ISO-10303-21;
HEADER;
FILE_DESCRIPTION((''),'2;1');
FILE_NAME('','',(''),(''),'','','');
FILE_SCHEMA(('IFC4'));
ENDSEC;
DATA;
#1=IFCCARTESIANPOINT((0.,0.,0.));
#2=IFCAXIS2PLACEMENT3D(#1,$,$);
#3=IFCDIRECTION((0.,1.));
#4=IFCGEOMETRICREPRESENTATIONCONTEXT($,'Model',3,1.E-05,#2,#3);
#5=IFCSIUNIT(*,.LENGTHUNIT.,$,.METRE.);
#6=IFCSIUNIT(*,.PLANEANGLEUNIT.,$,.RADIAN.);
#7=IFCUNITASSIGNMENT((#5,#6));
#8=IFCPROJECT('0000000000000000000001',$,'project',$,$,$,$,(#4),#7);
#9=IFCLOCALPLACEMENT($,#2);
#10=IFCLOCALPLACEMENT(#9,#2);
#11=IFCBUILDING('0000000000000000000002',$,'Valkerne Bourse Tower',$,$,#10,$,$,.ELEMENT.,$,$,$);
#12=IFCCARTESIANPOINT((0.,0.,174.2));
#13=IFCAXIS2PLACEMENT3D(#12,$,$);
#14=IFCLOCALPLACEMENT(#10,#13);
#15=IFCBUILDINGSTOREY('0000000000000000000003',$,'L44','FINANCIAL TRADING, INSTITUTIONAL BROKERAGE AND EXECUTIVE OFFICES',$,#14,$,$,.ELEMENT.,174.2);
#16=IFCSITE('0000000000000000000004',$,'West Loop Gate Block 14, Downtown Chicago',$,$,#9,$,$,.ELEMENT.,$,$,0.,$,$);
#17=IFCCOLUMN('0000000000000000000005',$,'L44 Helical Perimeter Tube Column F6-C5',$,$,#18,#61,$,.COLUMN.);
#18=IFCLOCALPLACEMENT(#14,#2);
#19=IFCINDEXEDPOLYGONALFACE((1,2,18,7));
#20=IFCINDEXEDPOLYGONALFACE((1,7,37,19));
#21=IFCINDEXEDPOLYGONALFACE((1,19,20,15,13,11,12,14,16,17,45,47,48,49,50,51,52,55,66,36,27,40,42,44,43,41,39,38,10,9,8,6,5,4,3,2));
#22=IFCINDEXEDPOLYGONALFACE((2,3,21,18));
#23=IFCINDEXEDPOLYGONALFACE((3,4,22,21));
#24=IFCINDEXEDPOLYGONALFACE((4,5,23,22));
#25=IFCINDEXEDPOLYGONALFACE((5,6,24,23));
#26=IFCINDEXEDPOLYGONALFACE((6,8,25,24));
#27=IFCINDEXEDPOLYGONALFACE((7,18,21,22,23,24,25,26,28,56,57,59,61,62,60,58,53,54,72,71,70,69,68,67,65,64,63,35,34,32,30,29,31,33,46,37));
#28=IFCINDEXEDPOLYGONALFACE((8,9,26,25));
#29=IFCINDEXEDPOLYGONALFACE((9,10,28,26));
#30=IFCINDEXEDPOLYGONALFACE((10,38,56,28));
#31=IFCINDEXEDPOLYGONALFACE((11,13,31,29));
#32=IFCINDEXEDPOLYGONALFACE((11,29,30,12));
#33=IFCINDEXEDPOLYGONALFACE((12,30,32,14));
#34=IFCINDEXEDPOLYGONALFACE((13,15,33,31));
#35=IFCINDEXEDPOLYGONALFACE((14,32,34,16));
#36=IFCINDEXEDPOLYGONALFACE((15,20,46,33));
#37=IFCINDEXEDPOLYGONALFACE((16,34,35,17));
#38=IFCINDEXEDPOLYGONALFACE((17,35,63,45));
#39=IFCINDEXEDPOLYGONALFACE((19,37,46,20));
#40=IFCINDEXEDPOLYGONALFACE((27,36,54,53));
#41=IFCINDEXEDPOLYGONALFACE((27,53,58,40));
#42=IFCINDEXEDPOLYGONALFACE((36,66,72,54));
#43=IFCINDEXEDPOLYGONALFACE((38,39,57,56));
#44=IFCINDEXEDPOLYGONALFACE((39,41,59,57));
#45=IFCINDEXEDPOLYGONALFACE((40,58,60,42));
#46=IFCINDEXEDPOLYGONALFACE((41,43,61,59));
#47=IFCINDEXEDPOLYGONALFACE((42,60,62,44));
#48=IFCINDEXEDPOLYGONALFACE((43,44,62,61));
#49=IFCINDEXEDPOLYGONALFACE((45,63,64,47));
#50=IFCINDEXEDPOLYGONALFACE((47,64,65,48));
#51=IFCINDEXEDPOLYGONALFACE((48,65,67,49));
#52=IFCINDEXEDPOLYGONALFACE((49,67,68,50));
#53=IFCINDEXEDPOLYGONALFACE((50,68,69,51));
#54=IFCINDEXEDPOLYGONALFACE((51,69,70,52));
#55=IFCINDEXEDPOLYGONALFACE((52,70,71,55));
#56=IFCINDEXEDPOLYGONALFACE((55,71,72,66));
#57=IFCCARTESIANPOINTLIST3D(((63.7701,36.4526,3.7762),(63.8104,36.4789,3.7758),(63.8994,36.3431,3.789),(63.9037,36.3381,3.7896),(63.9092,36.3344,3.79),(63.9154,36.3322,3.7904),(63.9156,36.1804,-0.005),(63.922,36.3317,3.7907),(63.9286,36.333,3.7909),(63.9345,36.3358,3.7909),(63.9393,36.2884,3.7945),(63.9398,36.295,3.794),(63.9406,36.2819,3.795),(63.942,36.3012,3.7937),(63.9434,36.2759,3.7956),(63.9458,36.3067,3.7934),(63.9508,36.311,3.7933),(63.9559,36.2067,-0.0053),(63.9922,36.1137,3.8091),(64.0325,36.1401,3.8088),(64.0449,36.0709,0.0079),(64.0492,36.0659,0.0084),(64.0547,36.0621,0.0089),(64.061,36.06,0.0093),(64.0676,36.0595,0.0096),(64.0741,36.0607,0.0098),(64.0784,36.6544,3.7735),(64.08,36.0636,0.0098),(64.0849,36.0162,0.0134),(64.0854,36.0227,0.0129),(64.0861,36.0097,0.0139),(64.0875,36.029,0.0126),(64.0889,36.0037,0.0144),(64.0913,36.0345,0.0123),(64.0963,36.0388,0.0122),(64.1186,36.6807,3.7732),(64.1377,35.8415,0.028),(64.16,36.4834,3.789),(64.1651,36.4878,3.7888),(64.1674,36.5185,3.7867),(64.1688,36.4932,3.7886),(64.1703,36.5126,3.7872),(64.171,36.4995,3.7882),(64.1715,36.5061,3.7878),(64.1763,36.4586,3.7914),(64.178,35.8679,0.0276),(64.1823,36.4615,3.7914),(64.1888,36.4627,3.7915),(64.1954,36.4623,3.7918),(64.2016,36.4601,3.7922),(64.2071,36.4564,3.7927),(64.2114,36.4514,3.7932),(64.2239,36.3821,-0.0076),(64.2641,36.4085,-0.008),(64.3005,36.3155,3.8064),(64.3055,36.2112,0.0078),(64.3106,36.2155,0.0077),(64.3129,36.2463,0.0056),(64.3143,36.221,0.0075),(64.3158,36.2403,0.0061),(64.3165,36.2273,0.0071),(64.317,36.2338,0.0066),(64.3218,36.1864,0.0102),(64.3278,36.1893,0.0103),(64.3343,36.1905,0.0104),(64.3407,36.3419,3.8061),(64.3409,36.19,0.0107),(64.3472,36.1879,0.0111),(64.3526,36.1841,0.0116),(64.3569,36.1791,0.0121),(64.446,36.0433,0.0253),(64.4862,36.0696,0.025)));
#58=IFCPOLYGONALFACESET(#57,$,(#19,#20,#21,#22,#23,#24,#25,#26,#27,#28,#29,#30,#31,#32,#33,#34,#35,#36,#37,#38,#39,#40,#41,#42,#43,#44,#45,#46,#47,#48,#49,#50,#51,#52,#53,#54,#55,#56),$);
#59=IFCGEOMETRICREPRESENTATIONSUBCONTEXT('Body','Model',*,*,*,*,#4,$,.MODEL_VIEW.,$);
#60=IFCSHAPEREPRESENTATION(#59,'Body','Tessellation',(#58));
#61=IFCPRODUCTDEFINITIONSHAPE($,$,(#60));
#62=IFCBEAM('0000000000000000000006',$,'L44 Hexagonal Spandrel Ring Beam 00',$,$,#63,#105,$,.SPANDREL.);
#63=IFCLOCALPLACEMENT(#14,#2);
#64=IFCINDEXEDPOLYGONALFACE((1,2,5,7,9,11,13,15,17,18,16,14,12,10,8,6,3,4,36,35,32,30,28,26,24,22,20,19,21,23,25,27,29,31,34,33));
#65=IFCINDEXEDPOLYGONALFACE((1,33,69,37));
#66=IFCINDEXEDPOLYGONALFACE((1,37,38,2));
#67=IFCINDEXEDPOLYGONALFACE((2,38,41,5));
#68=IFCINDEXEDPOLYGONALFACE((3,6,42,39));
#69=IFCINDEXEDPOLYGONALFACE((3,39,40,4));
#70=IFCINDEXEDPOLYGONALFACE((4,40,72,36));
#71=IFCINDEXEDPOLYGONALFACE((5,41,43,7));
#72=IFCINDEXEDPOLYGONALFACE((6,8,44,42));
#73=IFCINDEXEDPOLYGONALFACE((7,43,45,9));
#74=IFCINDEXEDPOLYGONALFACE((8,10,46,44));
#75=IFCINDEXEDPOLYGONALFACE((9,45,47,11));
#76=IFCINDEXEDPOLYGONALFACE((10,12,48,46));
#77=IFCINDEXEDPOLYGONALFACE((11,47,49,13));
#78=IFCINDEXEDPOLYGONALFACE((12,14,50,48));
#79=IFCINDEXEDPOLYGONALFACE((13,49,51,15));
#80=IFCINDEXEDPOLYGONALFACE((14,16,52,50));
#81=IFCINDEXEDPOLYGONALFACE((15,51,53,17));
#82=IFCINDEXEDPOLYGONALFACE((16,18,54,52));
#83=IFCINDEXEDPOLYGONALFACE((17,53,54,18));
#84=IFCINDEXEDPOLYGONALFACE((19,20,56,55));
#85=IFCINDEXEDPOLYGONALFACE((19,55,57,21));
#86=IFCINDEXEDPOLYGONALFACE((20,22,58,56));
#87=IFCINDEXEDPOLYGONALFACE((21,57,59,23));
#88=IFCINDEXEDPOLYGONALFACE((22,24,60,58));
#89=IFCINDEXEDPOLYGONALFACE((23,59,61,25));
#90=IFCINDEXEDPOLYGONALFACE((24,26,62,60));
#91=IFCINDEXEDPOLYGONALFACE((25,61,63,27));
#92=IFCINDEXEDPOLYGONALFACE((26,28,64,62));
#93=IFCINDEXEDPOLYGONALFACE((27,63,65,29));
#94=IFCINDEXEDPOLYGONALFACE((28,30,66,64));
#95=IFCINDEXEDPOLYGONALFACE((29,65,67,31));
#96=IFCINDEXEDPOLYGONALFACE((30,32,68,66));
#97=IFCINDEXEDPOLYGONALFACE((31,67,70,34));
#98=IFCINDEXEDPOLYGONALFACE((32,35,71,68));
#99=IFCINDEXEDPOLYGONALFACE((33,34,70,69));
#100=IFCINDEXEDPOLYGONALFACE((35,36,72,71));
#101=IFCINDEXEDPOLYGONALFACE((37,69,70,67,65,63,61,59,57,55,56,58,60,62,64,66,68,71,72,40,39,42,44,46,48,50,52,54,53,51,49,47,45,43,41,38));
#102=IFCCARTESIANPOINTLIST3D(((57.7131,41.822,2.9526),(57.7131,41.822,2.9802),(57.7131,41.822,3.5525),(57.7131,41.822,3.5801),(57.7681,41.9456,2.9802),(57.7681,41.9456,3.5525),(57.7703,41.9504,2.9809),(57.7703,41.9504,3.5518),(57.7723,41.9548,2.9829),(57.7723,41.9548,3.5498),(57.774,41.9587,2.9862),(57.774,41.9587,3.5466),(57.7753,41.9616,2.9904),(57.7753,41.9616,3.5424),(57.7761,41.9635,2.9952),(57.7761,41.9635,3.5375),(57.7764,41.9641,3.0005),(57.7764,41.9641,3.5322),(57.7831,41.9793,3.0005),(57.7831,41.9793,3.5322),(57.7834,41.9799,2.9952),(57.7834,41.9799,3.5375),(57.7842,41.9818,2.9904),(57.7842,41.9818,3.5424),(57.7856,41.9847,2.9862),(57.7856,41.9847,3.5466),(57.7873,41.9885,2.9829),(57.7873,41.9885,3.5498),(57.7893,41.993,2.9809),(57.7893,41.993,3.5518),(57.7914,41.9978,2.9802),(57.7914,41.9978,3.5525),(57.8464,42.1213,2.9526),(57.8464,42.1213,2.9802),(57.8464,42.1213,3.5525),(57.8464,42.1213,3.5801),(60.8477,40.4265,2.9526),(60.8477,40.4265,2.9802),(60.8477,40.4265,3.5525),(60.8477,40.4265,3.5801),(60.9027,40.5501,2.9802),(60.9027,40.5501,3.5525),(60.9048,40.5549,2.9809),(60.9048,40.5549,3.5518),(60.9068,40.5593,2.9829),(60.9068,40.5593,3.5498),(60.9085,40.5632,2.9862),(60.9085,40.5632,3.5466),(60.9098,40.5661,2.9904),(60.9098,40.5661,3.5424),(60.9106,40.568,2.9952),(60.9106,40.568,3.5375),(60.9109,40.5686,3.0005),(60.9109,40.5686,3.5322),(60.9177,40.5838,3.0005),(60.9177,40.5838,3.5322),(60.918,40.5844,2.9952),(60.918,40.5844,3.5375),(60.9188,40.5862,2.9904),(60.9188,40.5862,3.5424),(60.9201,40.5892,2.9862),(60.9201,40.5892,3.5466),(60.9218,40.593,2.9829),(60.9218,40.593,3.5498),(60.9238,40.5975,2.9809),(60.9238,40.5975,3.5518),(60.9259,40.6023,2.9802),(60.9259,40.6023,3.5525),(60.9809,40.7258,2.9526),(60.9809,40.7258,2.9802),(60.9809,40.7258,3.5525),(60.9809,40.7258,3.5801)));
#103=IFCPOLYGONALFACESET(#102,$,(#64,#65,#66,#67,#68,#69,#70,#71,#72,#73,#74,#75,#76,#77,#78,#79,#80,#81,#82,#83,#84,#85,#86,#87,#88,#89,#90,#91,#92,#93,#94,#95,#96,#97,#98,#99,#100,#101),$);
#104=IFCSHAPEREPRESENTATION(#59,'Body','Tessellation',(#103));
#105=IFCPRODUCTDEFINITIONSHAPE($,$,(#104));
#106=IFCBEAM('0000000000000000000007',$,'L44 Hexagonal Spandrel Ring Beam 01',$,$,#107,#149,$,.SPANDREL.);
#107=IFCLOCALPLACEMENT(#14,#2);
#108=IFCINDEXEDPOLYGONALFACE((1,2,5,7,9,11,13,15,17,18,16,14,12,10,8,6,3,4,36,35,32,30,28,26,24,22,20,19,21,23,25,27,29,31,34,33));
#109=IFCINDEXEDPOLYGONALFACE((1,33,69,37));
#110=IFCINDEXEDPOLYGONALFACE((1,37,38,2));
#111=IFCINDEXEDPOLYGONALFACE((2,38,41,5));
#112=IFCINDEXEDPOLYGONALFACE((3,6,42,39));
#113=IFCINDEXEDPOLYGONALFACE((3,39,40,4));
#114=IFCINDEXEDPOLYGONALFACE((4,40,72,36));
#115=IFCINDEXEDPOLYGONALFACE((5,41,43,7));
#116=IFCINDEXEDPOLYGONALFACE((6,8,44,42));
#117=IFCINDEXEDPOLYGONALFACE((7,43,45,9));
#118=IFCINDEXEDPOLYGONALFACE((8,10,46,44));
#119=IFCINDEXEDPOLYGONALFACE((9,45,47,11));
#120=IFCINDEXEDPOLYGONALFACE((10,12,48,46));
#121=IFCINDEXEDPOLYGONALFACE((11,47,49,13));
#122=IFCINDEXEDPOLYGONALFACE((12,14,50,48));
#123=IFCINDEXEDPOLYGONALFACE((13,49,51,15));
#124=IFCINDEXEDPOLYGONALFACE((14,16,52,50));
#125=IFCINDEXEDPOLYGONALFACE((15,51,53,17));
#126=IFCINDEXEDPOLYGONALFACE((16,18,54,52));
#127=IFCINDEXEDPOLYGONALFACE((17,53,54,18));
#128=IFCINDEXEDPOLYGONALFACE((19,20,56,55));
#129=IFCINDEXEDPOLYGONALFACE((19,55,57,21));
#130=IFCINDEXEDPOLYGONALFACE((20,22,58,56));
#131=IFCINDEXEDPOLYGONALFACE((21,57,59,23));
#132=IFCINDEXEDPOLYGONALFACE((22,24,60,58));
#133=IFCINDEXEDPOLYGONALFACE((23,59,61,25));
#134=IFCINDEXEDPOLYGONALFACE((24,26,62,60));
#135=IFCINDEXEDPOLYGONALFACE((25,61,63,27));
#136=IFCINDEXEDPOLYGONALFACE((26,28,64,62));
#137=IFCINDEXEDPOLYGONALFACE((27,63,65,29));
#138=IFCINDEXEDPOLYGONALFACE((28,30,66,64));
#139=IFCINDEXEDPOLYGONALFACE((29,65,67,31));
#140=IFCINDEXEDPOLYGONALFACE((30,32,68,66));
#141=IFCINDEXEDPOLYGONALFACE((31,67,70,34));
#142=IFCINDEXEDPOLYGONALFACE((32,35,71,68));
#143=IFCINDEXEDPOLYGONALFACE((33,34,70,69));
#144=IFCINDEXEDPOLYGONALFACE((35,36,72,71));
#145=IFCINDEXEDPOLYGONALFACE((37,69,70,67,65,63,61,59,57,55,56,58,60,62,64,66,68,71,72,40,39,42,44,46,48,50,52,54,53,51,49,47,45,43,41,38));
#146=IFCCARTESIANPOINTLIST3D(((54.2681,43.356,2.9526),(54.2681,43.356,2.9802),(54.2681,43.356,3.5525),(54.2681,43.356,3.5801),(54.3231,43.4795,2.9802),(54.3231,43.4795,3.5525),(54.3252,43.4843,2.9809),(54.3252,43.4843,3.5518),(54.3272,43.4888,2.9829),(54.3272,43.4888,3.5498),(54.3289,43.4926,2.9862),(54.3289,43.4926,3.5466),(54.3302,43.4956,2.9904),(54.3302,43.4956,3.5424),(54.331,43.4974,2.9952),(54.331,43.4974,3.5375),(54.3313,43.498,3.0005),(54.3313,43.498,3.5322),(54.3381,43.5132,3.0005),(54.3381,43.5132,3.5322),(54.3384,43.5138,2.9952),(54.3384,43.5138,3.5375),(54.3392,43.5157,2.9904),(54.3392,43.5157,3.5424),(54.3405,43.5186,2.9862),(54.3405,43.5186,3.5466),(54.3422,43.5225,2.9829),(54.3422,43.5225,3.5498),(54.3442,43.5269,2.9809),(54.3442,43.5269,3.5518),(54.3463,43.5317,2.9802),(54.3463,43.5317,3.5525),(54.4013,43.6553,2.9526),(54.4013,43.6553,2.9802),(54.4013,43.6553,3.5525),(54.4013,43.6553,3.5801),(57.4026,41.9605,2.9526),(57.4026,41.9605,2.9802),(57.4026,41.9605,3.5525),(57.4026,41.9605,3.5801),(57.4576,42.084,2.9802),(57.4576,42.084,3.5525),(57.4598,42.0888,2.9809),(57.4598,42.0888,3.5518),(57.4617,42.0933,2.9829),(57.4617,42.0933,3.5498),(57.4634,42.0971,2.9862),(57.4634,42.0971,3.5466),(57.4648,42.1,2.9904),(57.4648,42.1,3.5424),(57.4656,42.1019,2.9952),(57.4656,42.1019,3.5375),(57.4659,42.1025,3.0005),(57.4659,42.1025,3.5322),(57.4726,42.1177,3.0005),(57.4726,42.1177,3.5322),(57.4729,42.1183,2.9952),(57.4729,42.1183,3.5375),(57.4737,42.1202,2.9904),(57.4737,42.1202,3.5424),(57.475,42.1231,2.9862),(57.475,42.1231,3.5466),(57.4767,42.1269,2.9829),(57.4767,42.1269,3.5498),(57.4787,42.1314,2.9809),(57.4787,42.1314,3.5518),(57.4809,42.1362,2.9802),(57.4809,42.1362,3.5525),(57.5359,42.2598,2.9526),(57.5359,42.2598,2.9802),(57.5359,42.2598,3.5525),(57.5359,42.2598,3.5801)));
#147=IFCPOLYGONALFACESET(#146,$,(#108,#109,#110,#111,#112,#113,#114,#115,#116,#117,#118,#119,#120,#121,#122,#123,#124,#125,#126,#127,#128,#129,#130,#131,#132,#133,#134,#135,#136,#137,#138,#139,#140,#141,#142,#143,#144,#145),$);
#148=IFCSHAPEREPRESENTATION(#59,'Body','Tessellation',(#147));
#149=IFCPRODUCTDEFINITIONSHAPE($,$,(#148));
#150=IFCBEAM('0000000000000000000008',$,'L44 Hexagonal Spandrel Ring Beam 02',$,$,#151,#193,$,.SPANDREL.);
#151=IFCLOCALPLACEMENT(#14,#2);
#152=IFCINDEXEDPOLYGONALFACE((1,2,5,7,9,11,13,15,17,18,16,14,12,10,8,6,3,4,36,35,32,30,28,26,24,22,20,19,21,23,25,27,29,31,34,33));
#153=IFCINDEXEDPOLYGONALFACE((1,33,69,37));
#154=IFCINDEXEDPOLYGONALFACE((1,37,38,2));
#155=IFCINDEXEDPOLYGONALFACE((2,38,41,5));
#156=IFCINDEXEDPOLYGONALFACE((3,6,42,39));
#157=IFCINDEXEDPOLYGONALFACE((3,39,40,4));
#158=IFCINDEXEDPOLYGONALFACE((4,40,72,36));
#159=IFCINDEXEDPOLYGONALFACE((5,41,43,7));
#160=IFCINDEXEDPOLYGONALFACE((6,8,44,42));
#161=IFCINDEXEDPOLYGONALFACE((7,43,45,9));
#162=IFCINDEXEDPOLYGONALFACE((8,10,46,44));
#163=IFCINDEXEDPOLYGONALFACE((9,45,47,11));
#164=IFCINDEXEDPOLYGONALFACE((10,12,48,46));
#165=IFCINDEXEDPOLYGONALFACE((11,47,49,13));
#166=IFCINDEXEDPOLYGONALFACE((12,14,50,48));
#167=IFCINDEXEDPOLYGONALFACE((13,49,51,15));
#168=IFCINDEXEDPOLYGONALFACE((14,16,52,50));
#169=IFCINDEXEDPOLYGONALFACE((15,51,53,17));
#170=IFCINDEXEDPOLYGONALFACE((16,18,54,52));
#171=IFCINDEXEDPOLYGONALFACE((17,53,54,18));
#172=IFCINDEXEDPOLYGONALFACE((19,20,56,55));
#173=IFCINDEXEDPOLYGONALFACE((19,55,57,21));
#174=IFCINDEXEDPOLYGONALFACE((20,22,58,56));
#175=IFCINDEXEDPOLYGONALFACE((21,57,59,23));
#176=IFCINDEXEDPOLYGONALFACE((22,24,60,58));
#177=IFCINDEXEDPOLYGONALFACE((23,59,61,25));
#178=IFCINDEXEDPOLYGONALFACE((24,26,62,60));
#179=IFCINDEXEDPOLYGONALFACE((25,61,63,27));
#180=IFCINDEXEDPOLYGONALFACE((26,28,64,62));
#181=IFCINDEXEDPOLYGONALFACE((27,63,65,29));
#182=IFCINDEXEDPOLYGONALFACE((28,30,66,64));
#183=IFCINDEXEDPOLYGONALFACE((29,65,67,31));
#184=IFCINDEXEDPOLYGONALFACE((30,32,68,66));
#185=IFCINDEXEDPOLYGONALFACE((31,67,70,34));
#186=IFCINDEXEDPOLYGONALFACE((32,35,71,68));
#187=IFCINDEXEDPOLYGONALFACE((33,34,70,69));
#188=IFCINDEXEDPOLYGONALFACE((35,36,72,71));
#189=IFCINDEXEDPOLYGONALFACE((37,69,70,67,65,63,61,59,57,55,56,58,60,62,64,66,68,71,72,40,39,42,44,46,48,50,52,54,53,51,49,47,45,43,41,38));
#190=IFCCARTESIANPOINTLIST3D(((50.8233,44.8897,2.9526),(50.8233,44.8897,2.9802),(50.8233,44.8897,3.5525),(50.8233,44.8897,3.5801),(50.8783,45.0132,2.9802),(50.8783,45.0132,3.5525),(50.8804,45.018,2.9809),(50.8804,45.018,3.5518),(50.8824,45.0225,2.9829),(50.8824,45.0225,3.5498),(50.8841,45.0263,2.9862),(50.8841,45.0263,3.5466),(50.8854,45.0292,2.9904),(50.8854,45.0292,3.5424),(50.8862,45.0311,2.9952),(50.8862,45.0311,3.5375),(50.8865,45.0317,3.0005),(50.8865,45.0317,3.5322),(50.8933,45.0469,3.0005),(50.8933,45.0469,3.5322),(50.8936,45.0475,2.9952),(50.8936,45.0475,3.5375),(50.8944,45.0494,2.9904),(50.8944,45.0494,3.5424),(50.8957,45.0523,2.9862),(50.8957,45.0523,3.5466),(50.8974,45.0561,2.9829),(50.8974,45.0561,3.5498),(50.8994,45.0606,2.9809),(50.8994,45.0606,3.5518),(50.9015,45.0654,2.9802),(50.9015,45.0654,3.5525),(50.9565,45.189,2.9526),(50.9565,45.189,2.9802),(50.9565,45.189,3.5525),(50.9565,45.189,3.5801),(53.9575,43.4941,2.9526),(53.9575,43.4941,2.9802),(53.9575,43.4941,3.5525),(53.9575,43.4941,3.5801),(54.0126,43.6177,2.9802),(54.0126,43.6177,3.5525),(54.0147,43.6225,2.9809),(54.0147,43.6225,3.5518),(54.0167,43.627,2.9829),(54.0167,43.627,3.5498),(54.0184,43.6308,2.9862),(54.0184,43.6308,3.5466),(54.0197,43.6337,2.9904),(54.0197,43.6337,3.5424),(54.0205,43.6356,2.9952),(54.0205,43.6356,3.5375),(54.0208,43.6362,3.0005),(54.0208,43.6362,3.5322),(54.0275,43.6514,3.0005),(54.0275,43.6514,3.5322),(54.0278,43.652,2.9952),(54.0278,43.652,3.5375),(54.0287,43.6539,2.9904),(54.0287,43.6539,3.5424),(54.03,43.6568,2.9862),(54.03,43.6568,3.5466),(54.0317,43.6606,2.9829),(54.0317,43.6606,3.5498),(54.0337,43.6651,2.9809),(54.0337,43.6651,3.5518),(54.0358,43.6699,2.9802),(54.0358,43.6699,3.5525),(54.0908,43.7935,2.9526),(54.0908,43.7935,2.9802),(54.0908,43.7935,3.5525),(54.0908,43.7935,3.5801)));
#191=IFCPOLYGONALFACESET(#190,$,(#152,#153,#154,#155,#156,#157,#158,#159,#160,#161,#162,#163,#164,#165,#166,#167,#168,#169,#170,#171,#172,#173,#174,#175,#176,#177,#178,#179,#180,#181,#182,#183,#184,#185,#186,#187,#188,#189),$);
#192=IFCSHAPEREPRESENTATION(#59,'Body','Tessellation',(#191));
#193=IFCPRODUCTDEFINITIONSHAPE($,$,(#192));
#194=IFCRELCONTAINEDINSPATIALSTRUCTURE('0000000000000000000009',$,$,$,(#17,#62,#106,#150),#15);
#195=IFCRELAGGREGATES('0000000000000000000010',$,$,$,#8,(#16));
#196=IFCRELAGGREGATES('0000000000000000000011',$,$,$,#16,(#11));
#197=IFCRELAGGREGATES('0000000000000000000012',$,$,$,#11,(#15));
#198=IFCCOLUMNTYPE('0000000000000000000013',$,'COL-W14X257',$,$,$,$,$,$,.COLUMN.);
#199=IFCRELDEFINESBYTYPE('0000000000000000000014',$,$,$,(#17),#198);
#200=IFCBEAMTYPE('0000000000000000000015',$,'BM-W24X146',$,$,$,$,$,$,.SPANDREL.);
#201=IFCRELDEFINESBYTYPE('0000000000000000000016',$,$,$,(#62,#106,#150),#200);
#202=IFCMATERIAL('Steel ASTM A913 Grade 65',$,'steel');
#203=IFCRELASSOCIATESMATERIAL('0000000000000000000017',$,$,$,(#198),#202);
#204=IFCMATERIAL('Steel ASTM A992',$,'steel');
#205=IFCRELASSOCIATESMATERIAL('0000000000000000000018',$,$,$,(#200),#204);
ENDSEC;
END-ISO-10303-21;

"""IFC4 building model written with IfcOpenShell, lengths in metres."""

from ifc_helpers import new_model, si_unit, direction, frame, origin, origin_2d, place, context, subcontext, project, spatial, i_section, extrude, material, material_profile, profile_set, type_object, element, save


model = new_model("IFC4")

# Units and contexts
model_context = context("Model", 3, precision=1e-05, world=origin(), true_north=direction((0.0, 1.0)))
body_context = subcontext(model_context, "Body", "Model", "MODEL_VIEW")
ifc_project = project(units=[si_unit("LENGTHUNIT", "METRE"), si_unit("PLANEANGLEUNIT", "RADIAN")], contexts=[model_context])

# Site, building, storey
site_placement = place(None, origin())
site = spatial("IfcSite", under=ifc_project, at=site_placement, Name="West Loop Gate Block 14, Downtown Chicago", CompositionType="ELEMENT", RefElevation=0.0)
building_placement = place(site_placement, origin())
building = spatial("IfcBuilding", under=site, at=building_placement, Name="Valkerne Bourse Tower", CompositionType="ELEMENT")
storey_placement = place(building_placement, frame((0.0, 0.0, 174.2)))
storey = spatial("IfcBuildingStorey", under=building, at=storey_placement, Name="L44", Description="FINANCIAL TRADING, INSTITUTIONAL BROKERAGE AND EXECUTIVE OFFICES", CompositionType="ELEMENT", Elevation=174.2)

# Column
ifc_material_1 = material(Name="Steel ASTM A913 Grade 65", Category="steel")
ifc_material_profile_1 = material_profile(ifc_material_1, i_section(OverallWidth=0.4065, OverallDepth=0.4165, WebThickness=0.0298, FlangeThickness=0.0481, FilletRadius=0.0254, at=origin_2d()), Name="W14X257")
ifc_profile_set_1 = profile_set([ifc_material_profile_1], Name="Steel ASTM A913 Grade 65")
column_type = type_object("IfcColumnType", Name="COL-W14X257", PredefinedType="COLUMN", material=ifc_profile_set_1)
column_1_placement = place(storey_placement, frame((64.2009, 36.125, 0.01), z_axis=(-0.038356, 0.071757, 0.996684), x_axis=(0.546383, -0.833605, 0.081043)))
element("IfcColumn", 1, at=column_1_placement, inside=storey, type_object=column_type, Name="L44 Helical Perimeter Tube Column F6-C5", PredefinedType="COLUMN", context=body_context, shape_type="SweptSolid", body=[
    extrude(i_section(OverallWidth=0.4065, OverallDepth=0.4165, WebThickness=0.0298, FlangeThickness=0.0481, FilletRadius=0.0254, at=origin_2d()), origin(), (0.0, 0.0, 1.0), 3.7937),
])

# Beams
ifc_material_2 = material(Name="Steel ASTM A992", Category="steel")
ifc_material_profile_2 = material_profile(ifc_material_2, i_section(OverallWidth=0.3276, OverallDepth=0.6274, WebThickness=0.0166, FlangeThickness=0.0276, FilletRadius=0.0203, at=origin_2d()), Name="W24X146")
ifc_profile_set_2 = profile_set([ifc_material_profile_2], Name="Steel ASTM A992")
beam_type = type_object("IfcBeamType", Name="BM-W24X146", PredefinedType="SPANDREL", material=ifc_profile_set_2)
for number, where, z_axis, x_axis, name in (
    (2, (60.9143, 40.5762, 3.2664), (-0.913553, 0.406719, 0.0), (-0.406719, -0.913553, 0.0), "L44 Hexagonal Spandrel Ring Beam 00"),
    (3, (57.4692, 42.1101, 3.2664), (-0.913553, 0.406719, 0.0), (-0.406719, -0.913553, 0.0), "L44 Hexagonal Spandrel Ring Beam 01"),
):
    element("IfcBeam", number, at=place(storey_placement, frame(where, z_axis=z_axis, x_axis=x_axis)), inside=storey, type_object=beam_type, Name=name, PredefinedType="SPANDREL", context=body_context, shape_type="SweptSolid", body=[
        extrude(i_section(OverallWidth=0.3276, OverallDepth=0.6274, WebThickness=0.0166, FlangeThickness=0.0276, FilletRadius=0.0203, at=origin_2d()), origin(), (0.0, 0.0, 1.0), 3.4312),
    ])
beam_1_placement = place(storey_placement, frame((54.0242, 43.6438, 3.2664), z_axis=(-0.913541, 0.406746, 0.0), x_axis=(-0.406746, -0.913541, 0.0)))
element("IfcBeam", 4, at=beam_1_placement, inside=storey, type_object=beam_type, Name="L44 Hexagonal Spandrel Ring Beam 02", PredefinedType="SPANDREL", context=body_context, shape_type="SweptSolid", body=[
    extrude(i_section(OverallWidth=0.3276, OverallDepth=0.6274, WebThickness=0.0166, FlangeThickness=0.0276, FilletRadius=0.0203, at=origin_2d()), origin(), (0.0, 0.0, 1.0), 3.4309),
])

save(model, "model.ifc")
